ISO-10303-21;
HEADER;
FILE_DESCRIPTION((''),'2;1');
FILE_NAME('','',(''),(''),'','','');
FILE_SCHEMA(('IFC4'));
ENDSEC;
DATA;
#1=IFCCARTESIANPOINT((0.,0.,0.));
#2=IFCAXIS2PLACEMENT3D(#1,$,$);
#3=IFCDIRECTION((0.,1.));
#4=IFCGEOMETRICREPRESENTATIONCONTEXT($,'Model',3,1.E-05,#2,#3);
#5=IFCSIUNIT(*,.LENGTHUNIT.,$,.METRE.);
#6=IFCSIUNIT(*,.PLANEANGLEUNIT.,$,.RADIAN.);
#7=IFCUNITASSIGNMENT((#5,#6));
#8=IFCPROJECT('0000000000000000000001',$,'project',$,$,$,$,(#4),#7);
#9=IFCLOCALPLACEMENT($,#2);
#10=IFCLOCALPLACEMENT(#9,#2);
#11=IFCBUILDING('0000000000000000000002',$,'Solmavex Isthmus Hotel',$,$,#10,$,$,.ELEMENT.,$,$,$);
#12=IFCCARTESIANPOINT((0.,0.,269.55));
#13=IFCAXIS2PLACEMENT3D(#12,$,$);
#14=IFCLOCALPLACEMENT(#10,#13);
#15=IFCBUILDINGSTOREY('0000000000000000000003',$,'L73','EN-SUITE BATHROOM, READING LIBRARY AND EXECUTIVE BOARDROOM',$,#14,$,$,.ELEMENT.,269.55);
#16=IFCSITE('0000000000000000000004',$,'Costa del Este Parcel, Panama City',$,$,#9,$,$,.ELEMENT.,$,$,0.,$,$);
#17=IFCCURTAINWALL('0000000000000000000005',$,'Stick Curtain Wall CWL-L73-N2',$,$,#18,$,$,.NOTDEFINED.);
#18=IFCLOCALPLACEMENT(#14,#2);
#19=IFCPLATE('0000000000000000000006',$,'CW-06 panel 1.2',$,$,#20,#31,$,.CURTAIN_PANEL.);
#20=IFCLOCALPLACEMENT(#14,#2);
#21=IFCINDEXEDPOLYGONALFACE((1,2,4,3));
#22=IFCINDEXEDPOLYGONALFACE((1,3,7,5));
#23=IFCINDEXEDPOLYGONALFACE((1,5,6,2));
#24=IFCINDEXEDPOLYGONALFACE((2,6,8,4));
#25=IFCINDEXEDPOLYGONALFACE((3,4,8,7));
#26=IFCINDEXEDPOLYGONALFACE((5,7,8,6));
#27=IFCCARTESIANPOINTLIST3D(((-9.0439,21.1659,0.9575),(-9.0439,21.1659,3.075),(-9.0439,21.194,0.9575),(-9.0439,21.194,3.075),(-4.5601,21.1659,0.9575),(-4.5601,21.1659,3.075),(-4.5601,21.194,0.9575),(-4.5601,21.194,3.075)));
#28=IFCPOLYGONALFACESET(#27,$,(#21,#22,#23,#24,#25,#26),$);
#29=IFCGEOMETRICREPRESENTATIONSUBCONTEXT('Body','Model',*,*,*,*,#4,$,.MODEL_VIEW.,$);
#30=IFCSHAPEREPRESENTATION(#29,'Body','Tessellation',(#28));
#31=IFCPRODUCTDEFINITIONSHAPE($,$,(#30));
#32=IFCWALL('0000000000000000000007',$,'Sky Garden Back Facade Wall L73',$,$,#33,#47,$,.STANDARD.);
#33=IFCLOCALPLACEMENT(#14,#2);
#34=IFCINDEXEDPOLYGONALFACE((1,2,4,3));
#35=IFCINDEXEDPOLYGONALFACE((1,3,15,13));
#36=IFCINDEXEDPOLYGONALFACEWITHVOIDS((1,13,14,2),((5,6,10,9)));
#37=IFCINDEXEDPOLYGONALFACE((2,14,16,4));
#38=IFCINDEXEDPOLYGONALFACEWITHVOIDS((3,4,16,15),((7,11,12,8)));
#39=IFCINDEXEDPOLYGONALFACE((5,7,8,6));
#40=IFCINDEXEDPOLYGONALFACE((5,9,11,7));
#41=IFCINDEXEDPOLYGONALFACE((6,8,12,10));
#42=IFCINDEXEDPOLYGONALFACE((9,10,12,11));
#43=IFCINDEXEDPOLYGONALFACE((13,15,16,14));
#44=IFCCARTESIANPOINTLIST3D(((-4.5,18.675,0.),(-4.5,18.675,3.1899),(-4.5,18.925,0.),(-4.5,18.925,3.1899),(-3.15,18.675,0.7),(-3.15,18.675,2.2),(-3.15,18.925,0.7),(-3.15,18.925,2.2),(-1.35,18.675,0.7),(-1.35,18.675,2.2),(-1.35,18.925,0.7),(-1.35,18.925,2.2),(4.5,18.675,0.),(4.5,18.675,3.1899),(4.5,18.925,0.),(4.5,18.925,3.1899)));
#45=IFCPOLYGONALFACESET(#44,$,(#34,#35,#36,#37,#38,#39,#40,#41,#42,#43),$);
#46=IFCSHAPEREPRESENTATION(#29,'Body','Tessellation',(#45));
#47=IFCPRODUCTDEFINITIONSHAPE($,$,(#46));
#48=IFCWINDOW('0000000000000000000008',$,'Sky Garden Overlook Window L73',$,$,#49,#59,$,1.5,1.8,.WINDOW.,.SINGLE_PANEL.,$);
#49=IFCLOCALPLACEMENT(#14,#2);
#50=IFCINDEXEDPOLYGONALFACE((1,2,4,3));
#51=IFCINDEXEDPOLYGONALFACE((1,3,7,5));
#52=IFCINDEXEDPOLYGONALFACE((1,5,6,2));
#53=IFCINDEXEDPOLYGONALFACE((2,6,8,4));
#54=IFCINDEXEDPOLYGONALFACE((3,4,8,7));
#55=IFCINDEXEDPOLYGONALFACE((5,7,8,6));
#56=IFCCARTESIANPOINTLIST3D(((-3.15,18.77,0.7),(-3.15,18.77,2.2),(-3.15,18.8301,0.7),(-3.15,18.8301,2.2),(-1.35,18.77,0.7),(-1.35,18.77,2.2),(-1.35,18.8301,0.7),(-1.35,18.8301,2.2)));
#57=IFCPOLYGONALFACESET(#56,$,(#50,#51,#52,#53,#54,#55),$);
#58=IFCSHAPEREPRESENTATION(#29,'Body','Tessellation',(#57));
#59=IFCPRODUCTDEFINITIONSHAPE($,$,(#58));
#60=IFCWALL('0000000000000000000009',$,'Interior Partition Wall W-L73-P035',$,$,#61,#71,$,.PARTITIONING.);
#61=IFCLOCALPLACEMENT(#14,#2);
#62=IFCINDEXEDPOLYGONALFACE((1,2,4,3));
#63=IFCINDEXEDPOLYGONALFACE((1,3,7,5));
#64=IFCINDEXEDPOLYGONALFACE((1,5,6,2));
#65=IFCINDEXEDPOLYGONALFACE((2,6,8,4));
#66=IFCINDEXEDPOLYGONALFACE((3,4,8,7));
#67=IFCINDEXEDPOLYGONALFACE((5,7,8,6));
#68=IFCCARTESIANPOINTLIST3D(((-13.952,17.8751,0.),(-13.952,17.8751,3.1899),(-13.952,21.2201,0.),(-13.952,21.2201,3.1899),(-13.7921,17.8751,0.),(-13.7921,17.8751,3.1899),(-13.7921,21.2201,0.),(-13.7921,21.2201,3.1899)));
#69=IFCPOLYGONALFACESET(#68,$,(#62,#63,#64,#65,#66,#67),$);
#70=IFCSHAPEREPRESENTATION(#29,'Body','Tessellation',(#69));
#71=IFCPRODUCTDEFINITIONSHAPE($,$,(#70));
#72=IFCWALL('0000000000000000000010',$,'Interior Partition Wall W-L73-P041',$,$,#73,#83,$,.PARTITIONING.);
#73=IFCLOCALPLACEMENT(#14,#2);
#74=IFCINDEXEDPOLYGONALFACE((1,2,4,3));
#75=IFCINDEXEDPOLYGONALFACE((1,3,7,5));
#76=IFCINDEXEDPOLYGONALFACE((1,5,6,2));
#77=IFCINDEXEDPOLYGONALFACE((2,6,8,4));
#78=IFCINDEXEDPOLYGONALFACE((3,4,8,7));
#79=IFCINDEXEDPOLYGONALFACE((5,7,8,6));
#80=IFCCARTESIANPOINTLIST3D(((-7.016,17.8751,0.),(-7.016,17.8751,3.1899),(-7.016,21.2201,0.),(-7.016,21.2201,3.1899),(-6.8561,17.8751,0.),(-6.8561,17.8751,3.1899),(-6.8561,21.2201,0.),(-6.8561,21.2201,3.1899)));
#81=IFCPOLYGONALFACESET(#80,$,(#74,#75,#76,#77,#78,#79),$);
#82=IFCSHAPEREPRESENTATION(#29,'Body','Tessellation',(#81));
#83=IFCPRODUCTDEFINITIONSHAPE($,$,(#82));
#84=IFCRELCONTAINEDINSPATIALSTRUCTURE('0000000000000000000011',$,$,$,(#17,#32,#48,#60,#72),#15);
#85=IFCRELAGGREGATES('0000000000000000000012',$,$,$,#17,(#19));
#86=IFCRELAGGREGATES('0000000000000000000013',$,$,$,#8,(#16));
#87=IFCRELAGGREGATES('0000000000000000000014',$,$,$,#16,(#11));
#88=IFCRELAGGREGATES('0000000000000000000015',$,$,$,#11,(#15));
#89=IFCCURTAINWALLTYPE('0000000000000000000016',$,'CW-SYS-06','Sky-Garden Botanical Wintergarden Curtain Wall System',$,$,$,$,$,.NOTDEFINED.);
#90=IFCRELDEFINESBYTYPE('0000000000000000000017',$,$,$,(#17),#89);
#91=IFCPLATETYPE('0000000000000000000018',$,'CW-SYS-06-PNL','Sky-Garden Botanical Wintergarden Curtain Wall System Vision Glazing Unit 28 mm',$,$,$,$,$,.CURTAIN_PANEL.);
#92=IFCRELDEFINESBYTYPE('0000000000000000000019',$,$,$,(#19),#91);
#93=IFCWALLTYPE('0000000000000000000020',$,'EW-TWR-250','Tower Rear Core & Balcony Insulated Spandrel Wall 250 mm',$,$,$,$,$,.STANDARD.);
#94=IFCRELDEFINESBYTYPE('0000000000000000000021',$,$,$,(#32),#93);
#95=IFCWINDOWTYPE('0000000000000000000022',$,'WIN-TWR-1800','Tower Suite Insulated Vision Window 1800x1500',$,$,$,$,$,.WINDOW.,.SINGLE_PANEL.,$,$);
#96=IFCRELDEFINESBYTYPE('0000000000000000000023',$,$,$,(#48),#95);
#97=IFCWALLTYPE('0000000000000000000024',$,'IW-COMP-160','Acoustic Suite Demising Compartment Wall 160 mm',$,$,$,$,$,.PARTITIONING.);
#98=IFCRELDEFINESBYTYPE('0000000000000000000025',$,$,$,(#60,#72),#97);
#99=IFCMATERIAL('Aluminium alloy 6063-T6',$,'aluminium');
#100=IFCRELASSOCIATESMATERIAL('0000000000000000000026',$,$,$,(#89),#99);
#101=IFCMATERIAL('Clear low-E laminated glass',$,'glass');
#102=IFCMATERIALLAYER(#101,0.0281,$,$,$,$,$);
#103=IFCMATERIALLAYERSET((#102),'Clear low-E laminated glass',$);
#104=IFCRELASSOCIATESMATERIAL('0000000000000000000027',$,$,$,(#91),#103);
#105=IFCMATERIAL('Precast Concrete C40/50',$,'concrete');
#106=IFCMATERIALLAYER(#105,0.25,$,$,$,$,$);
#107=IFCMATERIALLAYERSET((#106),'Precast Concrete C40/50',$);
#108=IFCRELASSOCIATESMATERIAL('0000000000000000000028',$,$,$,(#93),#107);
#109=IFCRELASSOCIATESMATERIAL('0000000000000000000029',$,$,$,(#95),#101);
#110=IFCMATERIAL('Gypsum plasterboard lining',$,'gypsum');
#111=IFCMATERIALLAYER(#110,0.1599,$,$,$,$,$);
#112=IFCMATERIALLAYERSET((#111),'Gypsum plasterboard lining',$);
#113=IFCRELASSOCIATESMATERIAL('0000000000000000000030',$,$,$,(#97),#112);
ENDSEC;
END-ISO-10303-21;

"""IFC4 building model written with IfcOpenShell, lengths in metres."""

from ifc_helpers import new_model, si_unit, direction, frame, frame_2d, origin, origin_2d, place, context, subcontext, project, spatial, rectangle, extrude, material, layer, layer_set, type_object, element, fill, aggregate, save


model = new_model("IFC4")

# Units and contexts
model_context = context("Model", 3, precision=1e-05, world=origin(), true_north=direction((0.0, 1.0)))
body_context = subcontext(model_context, "Body", "Model", "MODEL_VIEW")
ifc_project = project(units=[si_unit("LENGTHUNIT", "METRE"), si_unit("PLANEANGLEUNIT", "RADIAN")], contexts=[model_context])

# Site, building, storey
site_placement = place(None, origin())
site = spatial("IfcSite", under=ifc_project, at=site_placement, Name="Costa del Este Parcel, Panama City", CompositionType="ELEMENT", RefElevation=0.0)
building_placement = place(site_placement, origin())
building = spatial("IfcBuilding", under=site, at=building_placement, Name="Solmavex Isthmus Hotel", CompositionType="ELEMENT")
storey_placement = place(building_placement, frame((0.0, 0.0, 269.55)))
storey = spatial("IfcBuildingStorey", under=building, at=storey_placement, Name="L73", Description="EN-SUITE BATHROOM, READING LIBRARY AND EXECUTIVE BOARDROOM", CompositionType="ELEMENT", Elevation=269.55)

# Shared definitions
ifc_material_1 = material(Name="Aluminium alloy 6063-T6", Category="aluminium")
curtain_wall_type = type_object("IfcCurtainWallType", Name="CW-SYS-06", Description="Sky-Garden Botanical Wintergarden Curtain Wall System", PredefinedType="NOTDEFINED", material=ifc_material_1)

# Curtain wall
curtain_wall_1_placement = place(storey_placement, origin())
curtain_wall_1 = element("IfcCurtainWall", 1, at=curtain_wall_1_placement, inside=storey, type_object=curtain_wall_type, Name="Stick Curtain Wall CWL-L73-N2", PredefinedType="NOTDEFINED")

# Plate
ifc_material_2 = material(Name="Clear low-E laminated glass", Category="glass")
ifc_layer_1 = layer(ifc_material_2, 0.0281)
ifc_layer_set_1 = layer_set([ifc_layer_1], Name="Clear low-E laminated glass")
plate_type = type_object("IfcPlateType", Name="CW-SYS-06-PNL", Description="Sky-Garden Botanical Wintergarden Curtain Wall System Vision Glazing Unit 28 mm", PredefinedType="CURTAIN_PANEL", material=ifc_layer_set_1)
plate_1_placement = place(storey_placement, frame((-6.802, 21.1799, 0.9575), z_axis=(0.0, 0.0, 1.0), x_axis=(1.0, 0.0, 0.0)))
plate_1 = element("IfcPlate", 2, at=plate_1_placement, type_object=plate_type, Name="CW-06 panel 1.2", PredefinedType="CURTAIN_PANEL", context=body_context, shape_type="SweptSolid", body=[
    extrude(rectangle(XDim=4.4839, YDim=0.0281, at=origin_2d()), origin(), (0.0, 0.0, 1.0), 2.1174),
])
aggregate(curtain_wall_1, [plate_1])

# Wall, opening, window
ifc_material_3 = material(Name="Precast Concrete C40/50", Category="concrete")
ifc_layer_2 = layer(ifc_material_3, 0.25)
ifc_layer_set_2 = layer_set([ifc_layer_2], Name="Precast Concrete C40/50")
wall_type_1 = type_object("IfcWallType", Name="EW-TWR-250", Description="Tower Rear Core & Balcony Insulated Spandrel Wall 250 mm", PredefinedType="STANDARD", material=ifc_layer_set_2)
wall_1_placement = place(storey_placement, frame((-4.5, 18.8, 0.0), z_axis=(0.0, 0.0, 1.0), x_axis=(1.0, 0.0, 0.0)))
wall_1 = element("IfcWall", 3, at=wall_1_placement, inside=storey, type_object=wall_type_1, Name="Sky Garden Back Facade Wall L73", PredefinedType="STANDARD", context=body_context, shape_type="SweptSolid", body=[
    extrude(rectangle(XDim=9.0, YDim=0.25, at=frame_2d((4.5, 0.0))), origin(), (0.0, 0.0, 1.0), 3.1899),
])
opening_1_placement = place(wall_1_placement, frame((1.3501, 0.0, 0.7)))
opening_1 = element("IfcOpeningElement", 4, at=opening_1_placement, cuts=wall_1, PredefinedType="OPENING", context=body_context, shape_type="SweptSolid", body=[
    extrude(rectangle(XDim=1.8, YDim=1.5, at=frame_2d((0.8999, 0.75))), frame((0.0, 0.135, 0.0), z_axis=(0.0, -1.0, 0.0), x_axis=(1.0, 0.0, 0.0)), (0.0, 0.0, 1.0), 0.27),
])
window_type = type_object("IfcWindowType", Name="WIN-TWR-1800", Description="Tower Suite Insulated Vision Window 1800x1500", PartitioningType="SINGLE_PANEL", PredefinedType="WINDOW", material=ifc_material_2)
window_placement = place(opening_1_placement, origin())
window = element("IfcWindow", 5, at=window_placement, inside=storey, type_object=window_type, Name="Sky Garden Overlook Window L73", OverallHeight=1.5, OverallWidth=1.8, PartitioningType="SINGLE_PANEL", PredefinedType="WINDOW", context=body_context, shape_type="SweptSolid", body=[
    extrude(rectangle(XDim=1.8, YDim=1.5, at=frame_2d((0.8999, 0.75))), frame((0.0, 0.03, 0.0), z_axis=(0.0, -1.0, 0.0), x_axis=(1.0, 0.0, 0.0)), (0.0, 0.0, 1.0), 0.0601),
])
fill(opening_1, window)

# Walls
ifc_material_4 = material(Name="Gypsum plasterboard lining", Category="gypsum")
ifc_layer_3 = layer(ifc_material_4, 0.1599)
ifc_layer_set_3 = layer_set([ifc_layer_3], Name="Gypsum plasterboard lining")
wall_type_2 = type_object("IfcWallType", Name="IW-COMP-160", Description="Acoustic Suite Demising Compartment Wall 160 mm", PredefinedType="PARTITIONING", material=ifc_layer_set_3)
for number, where, z_axis, x_axis, name in (
    (6, (-13.8721, 21.22, 0.0), (0.0, 0.0, 1.0), (0.0, -1.0, 0.0), "Interior Partition Wall W-L73-P035"),
    (7, (-6.936, 21.22, 0.0), (0.0, 0.0, 1.0), (0.0, -1.0, 0.0), "Interior Partition Wall W-L73-P041"),
):
    element("IfcWall", number, at=place(storey_placement, frame(where, z_axis=z_axis, x_axis=x_axis)), inside=storey, type_object=wall_type_2, Name=name, PredefinedType="PARTITIONING", context=body_context, shape_type="SweptSolid", body=[
        extrude(rectangle(XDim=3.345, YDim=0.1599, at=frame_2d((1.6724, 0.0))), origin(), (0.0, 0.0, 1.0), 3.1899),
    ])

save(model, "model.ifc")
